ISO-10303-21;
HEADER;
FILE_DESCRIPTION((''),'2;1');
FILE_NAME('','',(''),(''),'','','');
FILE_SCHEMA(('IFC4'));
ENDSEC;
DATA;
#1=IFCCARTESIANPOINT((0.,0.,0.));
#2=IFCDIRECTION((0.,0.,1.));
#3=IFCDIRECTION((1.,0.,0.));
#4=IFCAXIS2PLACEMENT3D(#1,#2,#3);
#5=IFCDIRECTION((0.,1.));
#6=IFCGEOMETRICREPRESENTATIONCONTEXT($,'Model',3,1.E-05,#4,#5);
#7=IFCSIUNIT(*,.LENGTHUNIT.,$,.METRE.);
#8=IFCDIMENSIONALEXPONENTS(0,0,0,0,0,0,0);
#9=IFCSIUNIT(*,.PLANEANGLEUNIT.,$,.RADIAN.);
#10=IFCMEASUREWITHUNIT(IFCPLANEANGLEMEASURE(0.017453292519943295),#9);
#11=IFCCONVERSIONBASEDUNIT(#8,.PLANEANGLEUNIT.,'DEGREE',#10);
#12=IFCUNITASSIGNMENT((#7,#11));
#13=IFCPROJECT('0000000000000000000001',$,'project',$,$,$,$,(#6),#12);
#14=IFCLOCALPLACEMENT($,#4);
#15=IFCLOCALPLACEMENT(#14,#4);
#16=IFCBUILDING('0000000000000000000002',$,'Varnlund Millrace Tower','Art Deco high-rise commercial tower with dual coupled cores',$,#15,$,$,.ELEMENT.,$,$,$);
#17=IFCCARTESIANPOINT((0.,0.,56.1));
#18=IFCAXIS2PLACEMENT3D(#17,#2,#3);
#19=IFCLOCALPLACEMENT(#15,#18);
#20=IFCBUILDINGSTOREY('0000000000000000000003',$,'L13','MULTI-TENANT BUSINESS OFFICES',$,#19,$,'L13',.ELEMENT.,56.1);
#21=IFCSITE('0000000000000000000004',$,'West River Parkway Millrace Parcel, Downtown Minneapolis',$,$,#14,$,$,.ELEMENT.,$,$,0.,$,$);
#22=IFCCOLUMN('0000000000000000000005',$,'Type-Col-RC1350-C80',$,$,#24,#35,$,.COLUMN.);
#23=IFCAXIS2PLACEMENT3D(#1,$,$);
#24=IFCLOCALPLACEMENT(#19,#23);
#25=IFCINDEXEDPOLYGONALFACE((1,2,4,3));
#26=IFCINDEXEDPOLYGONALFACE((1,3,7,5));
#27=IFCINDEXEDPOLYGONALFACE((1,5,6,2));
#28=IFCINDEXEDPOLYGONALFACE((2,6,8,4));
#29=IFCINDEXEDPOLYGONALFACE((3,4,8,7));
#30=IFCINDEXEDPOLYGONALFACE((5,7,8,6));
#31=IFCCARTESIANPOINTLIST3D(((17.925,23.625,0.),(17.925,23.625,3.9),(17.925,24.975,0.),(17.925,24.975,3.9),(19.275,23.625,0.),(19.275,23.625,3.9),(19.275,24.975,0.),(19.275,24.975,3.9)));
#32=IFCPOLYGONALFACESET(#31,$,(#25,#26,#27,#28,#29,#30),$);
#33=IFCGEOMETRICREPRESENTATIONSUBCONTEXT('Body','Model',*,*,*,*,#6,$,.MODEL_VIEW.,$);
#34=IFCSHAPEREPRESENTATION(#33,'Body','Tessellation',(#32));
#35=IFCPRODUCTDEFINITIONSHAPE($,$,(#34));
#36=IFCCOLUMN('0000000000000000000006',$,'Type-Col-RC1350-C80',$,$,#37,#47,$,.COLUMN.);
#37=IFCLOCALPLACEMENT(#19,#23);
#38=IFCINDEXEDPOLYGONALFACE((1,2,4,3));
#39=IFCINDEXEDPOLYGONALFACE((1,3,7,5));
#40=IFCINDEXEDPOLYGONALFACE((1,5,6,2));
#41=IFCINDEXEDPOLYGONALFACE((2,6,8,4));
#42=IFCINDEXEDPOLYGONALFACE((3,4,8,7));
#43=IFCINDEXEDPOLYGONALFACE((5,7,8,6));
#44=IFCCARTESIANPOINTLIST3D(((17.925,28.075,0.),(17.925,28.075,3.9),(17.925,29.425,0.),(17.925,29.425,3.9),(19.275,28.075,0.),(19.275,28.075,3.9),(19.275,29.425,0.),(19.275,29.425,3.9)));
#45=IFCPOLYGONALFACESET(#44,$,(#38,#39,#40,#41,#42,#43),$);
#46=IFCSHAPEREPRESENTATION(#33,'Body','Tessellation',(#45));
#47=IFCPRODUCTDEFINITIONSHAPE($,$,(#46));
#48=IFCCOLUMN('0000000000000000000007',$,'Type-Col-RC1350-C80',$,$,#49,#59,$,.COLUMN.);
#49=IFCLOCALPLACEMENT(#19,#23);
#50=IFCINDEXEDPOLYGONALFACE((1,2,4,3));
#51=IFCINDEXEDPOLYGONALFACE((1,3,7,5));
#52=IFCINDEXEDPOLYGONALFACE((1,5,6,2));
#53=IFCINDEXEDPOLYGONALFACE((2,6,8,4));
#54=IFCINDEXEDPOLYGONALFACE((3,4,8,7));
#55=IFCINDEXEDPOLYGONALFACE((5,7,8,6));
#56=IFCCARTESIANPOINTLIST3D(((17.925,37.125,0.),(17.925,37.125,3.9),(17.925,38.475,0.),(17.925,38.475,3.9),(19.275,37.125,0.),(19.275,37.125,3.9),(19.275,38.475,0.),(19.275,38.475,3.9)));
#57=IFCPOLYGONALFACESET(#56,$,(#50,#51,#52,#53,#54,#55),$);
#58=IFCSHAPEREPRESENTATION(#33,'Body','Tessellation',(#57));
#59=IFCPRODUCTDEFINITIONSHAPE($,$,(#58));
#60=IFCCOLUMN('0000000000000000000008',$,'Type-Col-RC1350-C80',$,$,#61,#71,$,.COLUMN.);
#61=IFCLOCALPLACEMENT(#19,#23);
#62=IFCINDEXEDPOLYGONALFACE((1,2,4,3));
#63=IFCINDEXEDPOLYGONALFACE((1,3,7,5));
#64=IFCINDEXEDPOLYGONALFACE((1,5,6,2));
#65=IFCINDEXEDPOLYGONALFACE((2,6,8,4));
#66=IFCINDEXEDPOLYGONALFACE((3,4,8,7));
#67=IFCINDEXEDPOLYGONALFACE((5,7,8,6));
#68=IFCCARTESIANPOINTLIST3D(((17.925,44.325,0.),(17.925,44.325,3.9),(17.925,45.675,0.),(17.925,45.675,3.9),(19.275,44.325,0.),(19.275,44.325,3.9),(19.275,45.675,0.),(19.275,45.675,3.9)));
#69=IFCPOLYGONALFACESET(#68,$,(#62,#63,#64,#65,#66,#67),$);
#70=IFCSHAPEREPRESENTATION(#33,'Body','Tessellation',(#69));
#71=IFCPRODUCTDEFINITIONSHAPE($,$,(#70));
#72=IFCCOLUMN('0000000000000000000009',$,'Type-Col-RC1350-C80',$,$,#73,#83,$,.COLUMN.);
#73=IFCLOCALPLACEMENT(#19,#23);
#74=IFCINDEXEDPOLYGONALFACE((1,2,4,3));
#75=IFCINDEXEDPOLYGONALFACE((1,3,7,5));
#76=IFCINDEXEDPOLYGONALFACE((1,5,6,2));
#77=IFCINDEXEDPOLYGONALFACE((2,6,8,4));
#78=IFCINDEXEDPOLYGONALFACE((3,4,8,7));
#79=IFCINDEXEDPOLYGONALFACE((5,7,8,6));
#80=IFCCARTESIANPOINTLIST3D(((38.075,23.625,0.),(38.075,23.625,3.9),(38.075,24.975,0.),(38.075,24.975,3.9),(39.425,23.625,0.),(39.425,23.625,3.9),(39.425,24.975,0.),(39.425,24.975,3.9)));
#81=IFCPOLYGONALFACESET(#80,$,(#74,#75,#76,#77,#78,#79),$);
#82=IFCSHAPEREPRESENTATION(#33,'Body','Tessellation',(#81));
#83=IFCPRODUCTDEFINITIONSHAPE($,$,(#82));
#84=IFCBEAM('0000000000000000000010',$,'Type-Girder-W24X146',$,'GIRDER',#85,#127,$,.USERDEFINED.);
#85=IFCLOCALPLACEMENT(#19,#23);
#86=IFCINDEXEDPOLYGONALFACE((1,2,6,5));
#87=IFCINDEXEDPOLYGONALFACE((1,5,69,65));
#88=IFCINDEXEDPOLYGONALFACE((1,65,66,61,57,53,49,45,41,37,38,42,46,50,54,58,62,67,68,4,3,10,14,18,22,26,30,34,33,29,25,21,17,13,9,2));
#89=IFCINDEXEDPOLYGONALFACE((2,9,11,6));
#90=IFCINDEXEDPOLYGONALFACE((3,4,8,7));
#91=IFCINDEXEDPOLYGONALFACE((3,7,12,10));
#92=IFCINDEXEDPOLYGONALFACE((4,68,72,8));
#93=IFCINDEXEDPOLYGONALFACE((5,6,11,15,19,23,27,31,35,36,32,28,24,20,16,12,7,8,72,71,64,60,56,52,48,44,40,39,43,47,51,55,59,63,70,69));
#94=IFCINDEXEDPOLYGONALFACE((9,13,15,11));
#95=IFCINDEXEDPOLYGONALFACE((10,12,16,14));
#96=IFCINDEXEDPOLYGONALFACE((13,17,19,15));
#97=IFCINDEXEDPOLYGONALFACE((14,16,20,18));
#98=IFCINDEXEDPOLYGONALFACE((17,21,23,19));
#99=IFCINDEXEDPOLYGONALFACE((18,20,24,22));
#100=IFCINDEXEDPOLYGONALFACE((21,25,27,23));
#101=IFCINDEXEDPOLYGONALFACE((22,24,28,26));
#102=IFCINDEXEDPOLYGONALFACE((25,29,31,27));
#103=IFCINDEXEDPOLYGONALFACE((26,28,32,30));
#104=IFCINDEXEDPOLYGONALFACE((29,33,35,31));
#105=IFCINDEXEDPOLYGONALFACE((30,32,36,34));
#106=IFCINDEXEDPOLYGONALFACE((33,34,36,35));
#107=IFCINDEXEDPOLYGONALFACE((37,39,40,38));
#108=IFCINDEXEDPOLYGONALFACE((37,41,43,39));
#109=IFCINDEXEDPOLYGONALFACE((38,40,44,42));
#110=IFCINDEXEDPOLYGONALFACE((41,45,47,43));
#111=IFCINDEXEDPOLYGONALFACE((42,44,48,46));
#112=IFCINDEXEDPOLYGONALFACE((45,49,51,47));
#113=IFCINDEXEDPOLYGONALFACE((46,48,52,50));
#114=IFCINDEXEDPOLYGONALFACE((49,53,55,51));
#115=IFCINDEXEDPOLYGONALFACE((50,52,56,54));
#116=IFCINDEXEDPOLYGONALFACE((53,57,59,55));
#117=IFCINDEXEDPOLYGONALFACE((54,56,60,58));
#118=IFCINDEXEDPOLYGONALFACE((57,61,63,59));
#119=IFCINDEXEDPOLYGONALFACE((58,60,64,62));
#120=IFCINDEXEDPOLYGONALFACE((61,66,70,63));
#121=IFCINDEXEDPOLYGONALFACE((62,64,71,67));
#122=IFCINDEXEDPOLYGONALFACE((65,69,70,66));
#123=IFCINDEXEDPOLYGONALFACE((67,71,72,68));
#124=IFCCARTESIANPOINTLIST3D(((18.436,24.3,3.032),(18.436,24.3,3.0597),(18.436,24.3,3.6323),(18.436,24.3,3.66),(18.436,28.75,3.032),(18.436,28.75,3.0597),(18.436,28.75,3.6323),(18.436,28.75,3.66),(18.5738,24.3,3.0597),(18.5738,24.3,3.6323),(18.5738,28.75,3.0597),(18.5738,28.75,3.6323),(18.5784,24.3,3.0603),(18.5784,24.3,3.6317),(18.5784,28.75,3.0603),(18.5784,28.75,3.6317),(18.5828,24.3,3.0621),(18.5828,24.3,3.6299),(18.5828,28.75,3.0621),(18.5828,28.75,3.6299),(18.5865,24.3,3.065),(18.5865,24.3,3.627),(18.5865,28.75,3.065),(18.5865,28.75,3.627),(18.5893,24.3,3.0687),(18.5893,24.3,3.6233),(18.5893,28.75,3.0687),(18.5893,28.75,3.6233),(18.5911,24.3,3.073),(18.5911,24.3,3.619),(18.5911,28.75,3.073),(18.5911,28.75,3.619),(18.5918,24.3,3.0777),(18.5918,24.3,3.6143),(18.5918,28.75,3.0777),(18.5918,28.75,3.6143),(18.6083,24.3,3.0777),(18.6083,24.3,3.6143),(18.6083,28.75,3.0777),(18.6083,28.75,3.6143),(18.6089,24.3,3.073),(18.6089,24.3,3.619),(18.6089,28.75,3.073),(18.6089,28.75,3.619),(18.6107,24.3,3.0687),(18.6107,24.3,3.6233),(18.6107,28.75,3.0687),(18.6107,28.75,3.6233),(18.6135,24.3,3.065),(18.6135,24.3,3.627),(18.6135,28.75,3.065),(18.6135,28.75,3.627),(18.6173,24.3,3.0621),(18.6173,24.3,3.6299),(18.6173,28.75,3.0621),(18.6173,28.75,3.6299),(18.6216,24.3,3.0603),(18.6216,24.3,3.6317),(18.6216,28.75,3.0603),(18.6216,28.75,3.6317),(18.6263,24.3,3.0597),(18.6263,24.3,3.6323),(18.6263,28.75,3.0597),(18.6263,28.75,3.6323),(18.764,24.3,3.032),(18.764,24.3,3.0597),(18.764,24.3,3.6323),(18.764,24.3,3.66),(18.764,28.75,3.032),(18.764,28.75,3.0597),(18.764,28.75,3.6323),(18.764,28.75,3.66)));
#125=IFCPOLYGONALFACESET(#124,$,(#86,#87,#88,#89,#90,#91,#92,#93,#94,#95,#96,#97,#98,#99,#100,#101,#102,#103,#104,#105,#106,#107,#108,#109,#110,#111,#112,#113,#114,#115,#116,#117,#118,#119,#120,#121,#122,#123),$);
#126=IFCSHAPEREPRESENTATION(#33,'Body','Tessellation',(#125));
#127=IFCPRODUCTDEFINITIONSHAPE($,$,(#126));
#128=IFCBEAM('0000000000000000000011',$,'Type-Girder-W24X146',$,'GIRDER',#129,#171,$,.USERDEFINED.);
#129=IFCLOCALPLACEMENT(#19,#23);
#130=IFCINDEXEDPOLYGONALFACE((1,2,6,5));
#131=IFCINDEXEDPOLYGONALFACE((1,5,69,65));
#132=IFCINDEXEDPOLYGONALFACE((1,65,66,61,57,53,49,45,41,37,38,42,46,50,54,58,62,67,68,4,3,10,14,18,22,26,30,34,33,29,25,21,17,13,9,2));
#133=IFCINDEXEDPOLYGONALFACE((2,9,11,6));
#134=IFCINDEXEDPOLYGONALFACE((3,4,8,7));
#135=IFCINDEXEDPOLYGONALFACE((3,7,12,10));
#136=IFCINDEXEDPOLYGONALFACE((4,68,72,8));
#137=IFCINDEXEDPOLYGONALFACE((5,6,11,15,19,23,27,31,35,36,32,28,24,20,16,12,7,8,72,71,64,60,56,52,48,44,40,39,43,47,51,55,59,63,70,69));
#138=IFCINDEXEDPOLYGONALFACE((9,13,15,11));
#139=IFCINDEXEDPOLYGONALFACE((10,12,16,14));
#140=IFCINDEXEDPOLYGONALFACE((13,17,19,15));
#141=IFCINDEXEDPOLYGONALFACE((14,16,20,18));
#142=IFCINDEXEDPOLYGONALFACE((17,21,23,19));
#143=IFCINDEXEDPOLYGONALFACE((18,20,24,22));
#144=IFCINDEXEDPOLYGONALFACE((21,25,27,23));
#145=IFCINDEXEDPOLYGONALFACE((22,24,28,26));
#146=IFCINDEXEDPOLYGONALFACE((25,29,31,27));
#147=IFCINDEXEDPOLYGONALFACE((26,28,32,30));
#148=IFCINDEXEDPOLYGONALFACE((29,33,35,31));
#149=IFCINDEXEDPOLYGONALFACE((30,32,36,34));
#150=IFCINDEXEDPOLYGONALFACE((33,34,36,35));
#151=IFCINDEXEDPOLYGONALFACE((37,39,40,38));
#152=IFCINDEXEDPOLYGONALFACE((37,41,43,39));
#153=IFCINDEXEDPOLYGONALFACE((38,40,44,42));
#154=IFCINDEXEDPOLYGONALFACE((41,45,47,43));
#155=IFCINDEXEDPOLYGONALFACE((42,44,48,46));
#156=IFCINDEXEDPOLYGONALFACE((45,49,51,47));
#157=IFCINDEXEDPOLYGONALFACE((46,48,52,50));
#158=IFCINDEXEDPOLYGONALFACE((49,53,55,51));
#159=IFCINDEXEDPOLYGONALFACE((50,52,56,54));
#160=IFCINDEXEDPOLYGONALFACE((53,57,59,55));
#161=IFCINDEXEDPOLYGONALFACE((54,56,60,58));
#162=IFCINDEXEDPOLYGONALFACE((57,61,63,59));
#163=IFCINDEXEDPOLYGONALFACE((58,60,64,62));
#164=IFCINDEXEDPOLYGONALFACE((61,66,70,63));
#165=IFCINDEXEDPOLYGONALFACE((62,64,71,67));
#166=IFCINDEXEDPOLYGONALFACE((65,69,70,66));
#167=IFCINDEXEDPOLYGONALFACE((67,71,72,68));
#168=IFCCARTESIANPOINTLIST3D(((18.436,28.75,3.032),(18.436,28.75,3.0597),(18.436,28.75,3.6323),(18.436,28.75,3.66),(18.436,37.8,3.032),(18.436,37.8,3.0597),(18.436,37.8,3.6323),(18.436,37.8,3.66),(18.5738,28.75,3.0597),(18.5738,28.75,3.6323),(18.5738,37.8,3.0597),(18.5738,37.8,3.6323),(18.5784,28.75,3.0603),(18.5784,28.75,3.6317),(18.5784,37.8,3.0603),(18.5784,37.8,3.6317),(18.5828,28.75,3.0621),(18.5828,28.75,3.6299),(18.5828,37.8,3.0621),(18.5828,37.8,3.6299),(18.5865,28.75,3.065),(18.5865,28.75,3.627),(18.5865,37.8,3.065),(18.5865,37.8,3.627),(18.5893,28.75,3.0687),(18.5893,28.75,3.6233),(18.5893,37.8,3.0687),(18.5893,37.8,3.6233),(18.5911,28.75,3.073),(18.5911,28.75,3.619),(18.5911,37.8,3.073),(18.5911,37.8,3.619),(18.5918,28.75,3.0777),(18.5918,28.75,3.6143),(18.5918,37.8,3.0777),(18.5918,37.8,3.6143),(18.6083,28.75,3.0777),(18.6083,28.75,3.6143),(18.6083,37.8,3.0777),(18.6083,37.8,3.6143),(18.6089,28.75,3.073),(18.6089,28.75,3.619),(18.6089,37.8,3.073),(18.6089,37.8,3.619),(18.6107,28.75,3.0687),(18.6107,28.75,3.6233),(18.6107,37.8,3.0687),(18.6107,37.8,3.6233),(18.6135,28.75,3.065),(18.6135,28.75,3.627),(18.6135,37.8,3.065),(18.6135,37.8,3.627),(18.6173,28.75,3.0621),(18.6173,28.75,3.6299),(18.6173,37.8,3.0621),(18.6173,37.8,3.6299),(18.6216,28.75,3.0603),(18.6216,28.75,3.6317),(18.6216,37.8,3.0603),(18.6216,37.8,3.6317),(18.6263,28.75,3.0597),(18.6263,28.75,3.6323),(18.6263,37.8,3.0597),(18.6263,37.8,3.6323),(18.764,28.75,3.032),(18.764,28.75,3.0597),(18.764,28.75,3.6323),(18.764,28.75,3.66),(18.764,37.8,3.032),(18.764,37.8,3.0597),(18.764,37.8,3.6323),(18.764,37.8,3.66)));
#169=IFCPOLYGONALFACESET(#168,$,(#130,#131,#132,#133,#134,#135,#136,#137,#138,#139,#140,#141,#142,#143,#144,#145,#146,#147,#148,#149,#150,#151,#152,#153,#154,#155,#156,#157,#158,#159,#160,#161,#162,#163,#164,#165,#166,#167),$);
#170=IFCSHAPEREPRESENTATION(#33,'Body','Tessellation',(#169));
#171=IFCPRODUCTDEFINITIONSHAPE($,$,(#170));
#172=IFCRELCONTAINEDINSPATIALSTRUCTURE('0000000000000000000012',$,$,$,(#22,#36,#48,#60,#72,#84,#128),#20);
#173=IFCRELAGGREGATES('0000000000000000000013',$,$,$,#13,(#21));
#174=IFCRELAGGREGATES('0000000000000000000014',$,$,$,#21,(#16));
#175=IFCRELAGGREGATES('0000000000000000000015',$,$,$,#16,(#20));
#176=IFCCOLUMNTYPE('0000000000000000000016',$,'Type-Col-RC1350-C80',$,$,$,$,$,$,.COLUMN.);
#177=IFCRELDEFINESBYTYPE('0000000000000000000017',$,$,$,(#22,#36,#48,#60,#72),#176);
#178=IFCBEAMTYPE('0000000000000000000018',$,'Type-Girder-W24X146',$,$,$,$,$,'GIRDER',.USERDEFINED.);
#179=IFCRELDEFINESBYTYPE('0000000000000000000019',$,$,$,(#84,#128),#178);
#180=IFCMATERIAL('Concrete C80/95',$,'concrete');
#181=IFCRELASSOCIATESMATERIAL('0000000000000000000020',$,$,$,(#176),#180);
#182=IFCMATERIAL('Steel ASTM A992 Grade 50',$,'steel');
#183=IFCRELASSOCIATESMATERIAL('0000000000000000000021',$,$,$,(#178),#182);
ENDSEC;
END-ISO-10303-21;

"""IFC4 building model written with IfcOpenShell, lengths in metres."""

from ifc_helpers import new_model, entity, si_unit, converted_unit, direction, frame, origin_with_axes, origin_2d_with_axis, place, context, subcontext, project, spatial, rectangle, i_section, extrude, material, material_profile, profile_set, type_object, element, save


model = new_model("IFC4")

# Units and contexts
model_context = context("Model", 3, precision=1e-05, world=origin_with_axes(), true_north=direction((0.0, 1.0)))
body_context = subcontext(model_context, "Body", "Model", "MODEL_VIEW")
ifc_project = project(units=[si_unit("LENGTHUNIT", "METRE"), converted_unit("PLANEANGLEUNIT", "DEGREE", entity("IfcPlaneAngleMeasure", 0.017453292519943295), si_unit("PLANEANGLEUNIT", "RADIAN"), dimensions=[0, 0, 0, 0, 0, 0, 0])], contexts=[model_context])

# Site, building, storey
site_placement = place(None, origin_with_axes())
site = spatial("IfcSite", under=ifc_project, at=site_placement, Name="West River Parkway Millrace Parcel, Downtown Minneapolis", CompositionType="ELEMENT", RefElevation=0.0)
building_placement = place(site_placement, origin_with_axes())
building = spatial("IfcBuilding", under=site, at=building_placement, Name="Varnlund Millrace Tower", Description="Art Deco high-rise commercial tower with dual coupled cores", CompositionType="ELEMENT")
storey_placement = place(building_placement, frame((0.0, 0.0, 56.1), z_axis=(0.0, 0.0, 1.0), x_axis=(1.0, 0.0, 0.0)))
storey = spatial("IfcBuildingStorey", under=building, at=storey_placement, Name="L13", Description="MULTI-TENANT BUSINESS OFFICES", LongName="L13", CompositionType="ELEMENT", Elevation=56.1)

# Columns
ifc_material_1 = material(Name="Concrete C80/95", Category="concrete")
ifc_material_profile_1 = material_profile(ifc_material_1, rectangle(XDim=1.35, YDim=1.35, at=origin_2d_with_axis()), Name="Concrete C80/95")
ifc_profile_set_1 = profile_set([ifc_material_profile_1], Name="Concrete C80/95")
column_type = type_object("IfcColumnType", Name="Type-Col-RC1350-C80", PredefinedType="COLUMN", material=ifc_profile_set_1)
for number, where, z_axis, x_axis, name in (
    (1, (18.6, 24.3, 0.0), (0.0, 0.0, 1.0), (1.0, 0.0, 0.0), "Type-Col-RC1350-C80"),
    (2, (18.6, 28.75, 0.0), (0.0, 0.0, 1.0), (1.0, 0.0, 0.0), "Type-Col-RC1350-C80"),
    (3, (18.6, 37.8, 0.0), (0.0, 0.0, 1.0), (1.0, 0.0, 0.0), "Type-Col-RC1350-C80"),
    (4, (18.6, 45.0, 0.0), (0.0, 0.0, 1.0), (1.0, 0.0, 0.0), "Type-Col-RC1350-C80"),
    (5, (38.75, 24.3, 0.0), (0.0, 0.0, 1.0), (1.0, 0.0, 0.0), "Type-Col-RC1350-C80"),
):
    element("IfcColumn", number, at=place(storey_placement, frame(where, z_axis=z_axis, x_axis=x_axis)), inside=storey, type_object=column_type, Name=name, PredefinedType="COLUMN", context=body_context, shape_type="SweptSolid", body=[
        extrude(rectangle(XDim=1.35, YDim=1.35, at=origin_2d_with_axis()), origin_with_axes(), (0.0, 0.0, 1.0), 3.9),
    ])

# Beams
ifc_material_2 = material(Name="Steel ASTM A992 Grade 50", Category="steel")
ifc_material_profile_2 = material_profile(ifc_material_2, i_section(OverallWidth=0.328, OverallDepth=0.628, WebThickness=0.0165, FlangeThickness=0.0277, FilletRadius=0.018, at=origin_2d_with_axis()), Name="Steel ASTM A992 Grade 50")
ifc_profile_set_2 = profile_set([ifc_material_profile_2], Name="Steel ASTM A992 Grade 50")
beam_type_1 = type_object("IfcBeamType", Name="Type-Girder-W24X146", ElementType="GIRDER", PredefinedType="USERDEFINED", material=ifc_profile_set_2)
beam_1_placement = place(storey_placement, frame((18.6, 24.3, 3.346), z_axis=(0.0, 1.0, 0.0), x_axis=(-1.0, 0.0, 0.0)))
element("IfcBeam", 6, at=beam_1_placement, inside=storey, type_object=beam_type_1, Name="Type-Girder-W24X146", ObjectType="GIRDER", PredefinedType="USERDEFINED", context=body_context, shape_type="SweptSolid", body=[
    extrude(i_section(OverallWidth=0.328, OverallDepth=0.628, WebThickness=0.0165, FlangeThickness=0.0277, FilletRadius=0.018, at=origin_2d_with_axis()), origin_with_axes(), (0.0, 0.0, 1.0), 4.45),
])
beam_2_placement = place(storey_placement, frame((18.6, 28.75, 3.346), z_axis=(0.0, 1.0, 0.0), x_axis=(-1.0, 0.0, 0.0)))
element("IfcBeam", 7, at=beam_2_placement, inside=storey, type_object=beam_type_1, Name="Type-Girder-W24X146", ObjectType="GIRDER", PredefinedType="USERDEFINED", context=body_context, shape_type="SweptSolid", body=[
    extrude(i_section(OverallWidth=0.328, OverallDepth=0.628, WebThickness=0.0165, FlangeThickness=0.0277, FilletRadius=0.018, at=origin_2d_with_axis()), origin_with_axes(), (0.0, 0.0, 1.0), 9.05),
])

save(model, "model.ifc")
